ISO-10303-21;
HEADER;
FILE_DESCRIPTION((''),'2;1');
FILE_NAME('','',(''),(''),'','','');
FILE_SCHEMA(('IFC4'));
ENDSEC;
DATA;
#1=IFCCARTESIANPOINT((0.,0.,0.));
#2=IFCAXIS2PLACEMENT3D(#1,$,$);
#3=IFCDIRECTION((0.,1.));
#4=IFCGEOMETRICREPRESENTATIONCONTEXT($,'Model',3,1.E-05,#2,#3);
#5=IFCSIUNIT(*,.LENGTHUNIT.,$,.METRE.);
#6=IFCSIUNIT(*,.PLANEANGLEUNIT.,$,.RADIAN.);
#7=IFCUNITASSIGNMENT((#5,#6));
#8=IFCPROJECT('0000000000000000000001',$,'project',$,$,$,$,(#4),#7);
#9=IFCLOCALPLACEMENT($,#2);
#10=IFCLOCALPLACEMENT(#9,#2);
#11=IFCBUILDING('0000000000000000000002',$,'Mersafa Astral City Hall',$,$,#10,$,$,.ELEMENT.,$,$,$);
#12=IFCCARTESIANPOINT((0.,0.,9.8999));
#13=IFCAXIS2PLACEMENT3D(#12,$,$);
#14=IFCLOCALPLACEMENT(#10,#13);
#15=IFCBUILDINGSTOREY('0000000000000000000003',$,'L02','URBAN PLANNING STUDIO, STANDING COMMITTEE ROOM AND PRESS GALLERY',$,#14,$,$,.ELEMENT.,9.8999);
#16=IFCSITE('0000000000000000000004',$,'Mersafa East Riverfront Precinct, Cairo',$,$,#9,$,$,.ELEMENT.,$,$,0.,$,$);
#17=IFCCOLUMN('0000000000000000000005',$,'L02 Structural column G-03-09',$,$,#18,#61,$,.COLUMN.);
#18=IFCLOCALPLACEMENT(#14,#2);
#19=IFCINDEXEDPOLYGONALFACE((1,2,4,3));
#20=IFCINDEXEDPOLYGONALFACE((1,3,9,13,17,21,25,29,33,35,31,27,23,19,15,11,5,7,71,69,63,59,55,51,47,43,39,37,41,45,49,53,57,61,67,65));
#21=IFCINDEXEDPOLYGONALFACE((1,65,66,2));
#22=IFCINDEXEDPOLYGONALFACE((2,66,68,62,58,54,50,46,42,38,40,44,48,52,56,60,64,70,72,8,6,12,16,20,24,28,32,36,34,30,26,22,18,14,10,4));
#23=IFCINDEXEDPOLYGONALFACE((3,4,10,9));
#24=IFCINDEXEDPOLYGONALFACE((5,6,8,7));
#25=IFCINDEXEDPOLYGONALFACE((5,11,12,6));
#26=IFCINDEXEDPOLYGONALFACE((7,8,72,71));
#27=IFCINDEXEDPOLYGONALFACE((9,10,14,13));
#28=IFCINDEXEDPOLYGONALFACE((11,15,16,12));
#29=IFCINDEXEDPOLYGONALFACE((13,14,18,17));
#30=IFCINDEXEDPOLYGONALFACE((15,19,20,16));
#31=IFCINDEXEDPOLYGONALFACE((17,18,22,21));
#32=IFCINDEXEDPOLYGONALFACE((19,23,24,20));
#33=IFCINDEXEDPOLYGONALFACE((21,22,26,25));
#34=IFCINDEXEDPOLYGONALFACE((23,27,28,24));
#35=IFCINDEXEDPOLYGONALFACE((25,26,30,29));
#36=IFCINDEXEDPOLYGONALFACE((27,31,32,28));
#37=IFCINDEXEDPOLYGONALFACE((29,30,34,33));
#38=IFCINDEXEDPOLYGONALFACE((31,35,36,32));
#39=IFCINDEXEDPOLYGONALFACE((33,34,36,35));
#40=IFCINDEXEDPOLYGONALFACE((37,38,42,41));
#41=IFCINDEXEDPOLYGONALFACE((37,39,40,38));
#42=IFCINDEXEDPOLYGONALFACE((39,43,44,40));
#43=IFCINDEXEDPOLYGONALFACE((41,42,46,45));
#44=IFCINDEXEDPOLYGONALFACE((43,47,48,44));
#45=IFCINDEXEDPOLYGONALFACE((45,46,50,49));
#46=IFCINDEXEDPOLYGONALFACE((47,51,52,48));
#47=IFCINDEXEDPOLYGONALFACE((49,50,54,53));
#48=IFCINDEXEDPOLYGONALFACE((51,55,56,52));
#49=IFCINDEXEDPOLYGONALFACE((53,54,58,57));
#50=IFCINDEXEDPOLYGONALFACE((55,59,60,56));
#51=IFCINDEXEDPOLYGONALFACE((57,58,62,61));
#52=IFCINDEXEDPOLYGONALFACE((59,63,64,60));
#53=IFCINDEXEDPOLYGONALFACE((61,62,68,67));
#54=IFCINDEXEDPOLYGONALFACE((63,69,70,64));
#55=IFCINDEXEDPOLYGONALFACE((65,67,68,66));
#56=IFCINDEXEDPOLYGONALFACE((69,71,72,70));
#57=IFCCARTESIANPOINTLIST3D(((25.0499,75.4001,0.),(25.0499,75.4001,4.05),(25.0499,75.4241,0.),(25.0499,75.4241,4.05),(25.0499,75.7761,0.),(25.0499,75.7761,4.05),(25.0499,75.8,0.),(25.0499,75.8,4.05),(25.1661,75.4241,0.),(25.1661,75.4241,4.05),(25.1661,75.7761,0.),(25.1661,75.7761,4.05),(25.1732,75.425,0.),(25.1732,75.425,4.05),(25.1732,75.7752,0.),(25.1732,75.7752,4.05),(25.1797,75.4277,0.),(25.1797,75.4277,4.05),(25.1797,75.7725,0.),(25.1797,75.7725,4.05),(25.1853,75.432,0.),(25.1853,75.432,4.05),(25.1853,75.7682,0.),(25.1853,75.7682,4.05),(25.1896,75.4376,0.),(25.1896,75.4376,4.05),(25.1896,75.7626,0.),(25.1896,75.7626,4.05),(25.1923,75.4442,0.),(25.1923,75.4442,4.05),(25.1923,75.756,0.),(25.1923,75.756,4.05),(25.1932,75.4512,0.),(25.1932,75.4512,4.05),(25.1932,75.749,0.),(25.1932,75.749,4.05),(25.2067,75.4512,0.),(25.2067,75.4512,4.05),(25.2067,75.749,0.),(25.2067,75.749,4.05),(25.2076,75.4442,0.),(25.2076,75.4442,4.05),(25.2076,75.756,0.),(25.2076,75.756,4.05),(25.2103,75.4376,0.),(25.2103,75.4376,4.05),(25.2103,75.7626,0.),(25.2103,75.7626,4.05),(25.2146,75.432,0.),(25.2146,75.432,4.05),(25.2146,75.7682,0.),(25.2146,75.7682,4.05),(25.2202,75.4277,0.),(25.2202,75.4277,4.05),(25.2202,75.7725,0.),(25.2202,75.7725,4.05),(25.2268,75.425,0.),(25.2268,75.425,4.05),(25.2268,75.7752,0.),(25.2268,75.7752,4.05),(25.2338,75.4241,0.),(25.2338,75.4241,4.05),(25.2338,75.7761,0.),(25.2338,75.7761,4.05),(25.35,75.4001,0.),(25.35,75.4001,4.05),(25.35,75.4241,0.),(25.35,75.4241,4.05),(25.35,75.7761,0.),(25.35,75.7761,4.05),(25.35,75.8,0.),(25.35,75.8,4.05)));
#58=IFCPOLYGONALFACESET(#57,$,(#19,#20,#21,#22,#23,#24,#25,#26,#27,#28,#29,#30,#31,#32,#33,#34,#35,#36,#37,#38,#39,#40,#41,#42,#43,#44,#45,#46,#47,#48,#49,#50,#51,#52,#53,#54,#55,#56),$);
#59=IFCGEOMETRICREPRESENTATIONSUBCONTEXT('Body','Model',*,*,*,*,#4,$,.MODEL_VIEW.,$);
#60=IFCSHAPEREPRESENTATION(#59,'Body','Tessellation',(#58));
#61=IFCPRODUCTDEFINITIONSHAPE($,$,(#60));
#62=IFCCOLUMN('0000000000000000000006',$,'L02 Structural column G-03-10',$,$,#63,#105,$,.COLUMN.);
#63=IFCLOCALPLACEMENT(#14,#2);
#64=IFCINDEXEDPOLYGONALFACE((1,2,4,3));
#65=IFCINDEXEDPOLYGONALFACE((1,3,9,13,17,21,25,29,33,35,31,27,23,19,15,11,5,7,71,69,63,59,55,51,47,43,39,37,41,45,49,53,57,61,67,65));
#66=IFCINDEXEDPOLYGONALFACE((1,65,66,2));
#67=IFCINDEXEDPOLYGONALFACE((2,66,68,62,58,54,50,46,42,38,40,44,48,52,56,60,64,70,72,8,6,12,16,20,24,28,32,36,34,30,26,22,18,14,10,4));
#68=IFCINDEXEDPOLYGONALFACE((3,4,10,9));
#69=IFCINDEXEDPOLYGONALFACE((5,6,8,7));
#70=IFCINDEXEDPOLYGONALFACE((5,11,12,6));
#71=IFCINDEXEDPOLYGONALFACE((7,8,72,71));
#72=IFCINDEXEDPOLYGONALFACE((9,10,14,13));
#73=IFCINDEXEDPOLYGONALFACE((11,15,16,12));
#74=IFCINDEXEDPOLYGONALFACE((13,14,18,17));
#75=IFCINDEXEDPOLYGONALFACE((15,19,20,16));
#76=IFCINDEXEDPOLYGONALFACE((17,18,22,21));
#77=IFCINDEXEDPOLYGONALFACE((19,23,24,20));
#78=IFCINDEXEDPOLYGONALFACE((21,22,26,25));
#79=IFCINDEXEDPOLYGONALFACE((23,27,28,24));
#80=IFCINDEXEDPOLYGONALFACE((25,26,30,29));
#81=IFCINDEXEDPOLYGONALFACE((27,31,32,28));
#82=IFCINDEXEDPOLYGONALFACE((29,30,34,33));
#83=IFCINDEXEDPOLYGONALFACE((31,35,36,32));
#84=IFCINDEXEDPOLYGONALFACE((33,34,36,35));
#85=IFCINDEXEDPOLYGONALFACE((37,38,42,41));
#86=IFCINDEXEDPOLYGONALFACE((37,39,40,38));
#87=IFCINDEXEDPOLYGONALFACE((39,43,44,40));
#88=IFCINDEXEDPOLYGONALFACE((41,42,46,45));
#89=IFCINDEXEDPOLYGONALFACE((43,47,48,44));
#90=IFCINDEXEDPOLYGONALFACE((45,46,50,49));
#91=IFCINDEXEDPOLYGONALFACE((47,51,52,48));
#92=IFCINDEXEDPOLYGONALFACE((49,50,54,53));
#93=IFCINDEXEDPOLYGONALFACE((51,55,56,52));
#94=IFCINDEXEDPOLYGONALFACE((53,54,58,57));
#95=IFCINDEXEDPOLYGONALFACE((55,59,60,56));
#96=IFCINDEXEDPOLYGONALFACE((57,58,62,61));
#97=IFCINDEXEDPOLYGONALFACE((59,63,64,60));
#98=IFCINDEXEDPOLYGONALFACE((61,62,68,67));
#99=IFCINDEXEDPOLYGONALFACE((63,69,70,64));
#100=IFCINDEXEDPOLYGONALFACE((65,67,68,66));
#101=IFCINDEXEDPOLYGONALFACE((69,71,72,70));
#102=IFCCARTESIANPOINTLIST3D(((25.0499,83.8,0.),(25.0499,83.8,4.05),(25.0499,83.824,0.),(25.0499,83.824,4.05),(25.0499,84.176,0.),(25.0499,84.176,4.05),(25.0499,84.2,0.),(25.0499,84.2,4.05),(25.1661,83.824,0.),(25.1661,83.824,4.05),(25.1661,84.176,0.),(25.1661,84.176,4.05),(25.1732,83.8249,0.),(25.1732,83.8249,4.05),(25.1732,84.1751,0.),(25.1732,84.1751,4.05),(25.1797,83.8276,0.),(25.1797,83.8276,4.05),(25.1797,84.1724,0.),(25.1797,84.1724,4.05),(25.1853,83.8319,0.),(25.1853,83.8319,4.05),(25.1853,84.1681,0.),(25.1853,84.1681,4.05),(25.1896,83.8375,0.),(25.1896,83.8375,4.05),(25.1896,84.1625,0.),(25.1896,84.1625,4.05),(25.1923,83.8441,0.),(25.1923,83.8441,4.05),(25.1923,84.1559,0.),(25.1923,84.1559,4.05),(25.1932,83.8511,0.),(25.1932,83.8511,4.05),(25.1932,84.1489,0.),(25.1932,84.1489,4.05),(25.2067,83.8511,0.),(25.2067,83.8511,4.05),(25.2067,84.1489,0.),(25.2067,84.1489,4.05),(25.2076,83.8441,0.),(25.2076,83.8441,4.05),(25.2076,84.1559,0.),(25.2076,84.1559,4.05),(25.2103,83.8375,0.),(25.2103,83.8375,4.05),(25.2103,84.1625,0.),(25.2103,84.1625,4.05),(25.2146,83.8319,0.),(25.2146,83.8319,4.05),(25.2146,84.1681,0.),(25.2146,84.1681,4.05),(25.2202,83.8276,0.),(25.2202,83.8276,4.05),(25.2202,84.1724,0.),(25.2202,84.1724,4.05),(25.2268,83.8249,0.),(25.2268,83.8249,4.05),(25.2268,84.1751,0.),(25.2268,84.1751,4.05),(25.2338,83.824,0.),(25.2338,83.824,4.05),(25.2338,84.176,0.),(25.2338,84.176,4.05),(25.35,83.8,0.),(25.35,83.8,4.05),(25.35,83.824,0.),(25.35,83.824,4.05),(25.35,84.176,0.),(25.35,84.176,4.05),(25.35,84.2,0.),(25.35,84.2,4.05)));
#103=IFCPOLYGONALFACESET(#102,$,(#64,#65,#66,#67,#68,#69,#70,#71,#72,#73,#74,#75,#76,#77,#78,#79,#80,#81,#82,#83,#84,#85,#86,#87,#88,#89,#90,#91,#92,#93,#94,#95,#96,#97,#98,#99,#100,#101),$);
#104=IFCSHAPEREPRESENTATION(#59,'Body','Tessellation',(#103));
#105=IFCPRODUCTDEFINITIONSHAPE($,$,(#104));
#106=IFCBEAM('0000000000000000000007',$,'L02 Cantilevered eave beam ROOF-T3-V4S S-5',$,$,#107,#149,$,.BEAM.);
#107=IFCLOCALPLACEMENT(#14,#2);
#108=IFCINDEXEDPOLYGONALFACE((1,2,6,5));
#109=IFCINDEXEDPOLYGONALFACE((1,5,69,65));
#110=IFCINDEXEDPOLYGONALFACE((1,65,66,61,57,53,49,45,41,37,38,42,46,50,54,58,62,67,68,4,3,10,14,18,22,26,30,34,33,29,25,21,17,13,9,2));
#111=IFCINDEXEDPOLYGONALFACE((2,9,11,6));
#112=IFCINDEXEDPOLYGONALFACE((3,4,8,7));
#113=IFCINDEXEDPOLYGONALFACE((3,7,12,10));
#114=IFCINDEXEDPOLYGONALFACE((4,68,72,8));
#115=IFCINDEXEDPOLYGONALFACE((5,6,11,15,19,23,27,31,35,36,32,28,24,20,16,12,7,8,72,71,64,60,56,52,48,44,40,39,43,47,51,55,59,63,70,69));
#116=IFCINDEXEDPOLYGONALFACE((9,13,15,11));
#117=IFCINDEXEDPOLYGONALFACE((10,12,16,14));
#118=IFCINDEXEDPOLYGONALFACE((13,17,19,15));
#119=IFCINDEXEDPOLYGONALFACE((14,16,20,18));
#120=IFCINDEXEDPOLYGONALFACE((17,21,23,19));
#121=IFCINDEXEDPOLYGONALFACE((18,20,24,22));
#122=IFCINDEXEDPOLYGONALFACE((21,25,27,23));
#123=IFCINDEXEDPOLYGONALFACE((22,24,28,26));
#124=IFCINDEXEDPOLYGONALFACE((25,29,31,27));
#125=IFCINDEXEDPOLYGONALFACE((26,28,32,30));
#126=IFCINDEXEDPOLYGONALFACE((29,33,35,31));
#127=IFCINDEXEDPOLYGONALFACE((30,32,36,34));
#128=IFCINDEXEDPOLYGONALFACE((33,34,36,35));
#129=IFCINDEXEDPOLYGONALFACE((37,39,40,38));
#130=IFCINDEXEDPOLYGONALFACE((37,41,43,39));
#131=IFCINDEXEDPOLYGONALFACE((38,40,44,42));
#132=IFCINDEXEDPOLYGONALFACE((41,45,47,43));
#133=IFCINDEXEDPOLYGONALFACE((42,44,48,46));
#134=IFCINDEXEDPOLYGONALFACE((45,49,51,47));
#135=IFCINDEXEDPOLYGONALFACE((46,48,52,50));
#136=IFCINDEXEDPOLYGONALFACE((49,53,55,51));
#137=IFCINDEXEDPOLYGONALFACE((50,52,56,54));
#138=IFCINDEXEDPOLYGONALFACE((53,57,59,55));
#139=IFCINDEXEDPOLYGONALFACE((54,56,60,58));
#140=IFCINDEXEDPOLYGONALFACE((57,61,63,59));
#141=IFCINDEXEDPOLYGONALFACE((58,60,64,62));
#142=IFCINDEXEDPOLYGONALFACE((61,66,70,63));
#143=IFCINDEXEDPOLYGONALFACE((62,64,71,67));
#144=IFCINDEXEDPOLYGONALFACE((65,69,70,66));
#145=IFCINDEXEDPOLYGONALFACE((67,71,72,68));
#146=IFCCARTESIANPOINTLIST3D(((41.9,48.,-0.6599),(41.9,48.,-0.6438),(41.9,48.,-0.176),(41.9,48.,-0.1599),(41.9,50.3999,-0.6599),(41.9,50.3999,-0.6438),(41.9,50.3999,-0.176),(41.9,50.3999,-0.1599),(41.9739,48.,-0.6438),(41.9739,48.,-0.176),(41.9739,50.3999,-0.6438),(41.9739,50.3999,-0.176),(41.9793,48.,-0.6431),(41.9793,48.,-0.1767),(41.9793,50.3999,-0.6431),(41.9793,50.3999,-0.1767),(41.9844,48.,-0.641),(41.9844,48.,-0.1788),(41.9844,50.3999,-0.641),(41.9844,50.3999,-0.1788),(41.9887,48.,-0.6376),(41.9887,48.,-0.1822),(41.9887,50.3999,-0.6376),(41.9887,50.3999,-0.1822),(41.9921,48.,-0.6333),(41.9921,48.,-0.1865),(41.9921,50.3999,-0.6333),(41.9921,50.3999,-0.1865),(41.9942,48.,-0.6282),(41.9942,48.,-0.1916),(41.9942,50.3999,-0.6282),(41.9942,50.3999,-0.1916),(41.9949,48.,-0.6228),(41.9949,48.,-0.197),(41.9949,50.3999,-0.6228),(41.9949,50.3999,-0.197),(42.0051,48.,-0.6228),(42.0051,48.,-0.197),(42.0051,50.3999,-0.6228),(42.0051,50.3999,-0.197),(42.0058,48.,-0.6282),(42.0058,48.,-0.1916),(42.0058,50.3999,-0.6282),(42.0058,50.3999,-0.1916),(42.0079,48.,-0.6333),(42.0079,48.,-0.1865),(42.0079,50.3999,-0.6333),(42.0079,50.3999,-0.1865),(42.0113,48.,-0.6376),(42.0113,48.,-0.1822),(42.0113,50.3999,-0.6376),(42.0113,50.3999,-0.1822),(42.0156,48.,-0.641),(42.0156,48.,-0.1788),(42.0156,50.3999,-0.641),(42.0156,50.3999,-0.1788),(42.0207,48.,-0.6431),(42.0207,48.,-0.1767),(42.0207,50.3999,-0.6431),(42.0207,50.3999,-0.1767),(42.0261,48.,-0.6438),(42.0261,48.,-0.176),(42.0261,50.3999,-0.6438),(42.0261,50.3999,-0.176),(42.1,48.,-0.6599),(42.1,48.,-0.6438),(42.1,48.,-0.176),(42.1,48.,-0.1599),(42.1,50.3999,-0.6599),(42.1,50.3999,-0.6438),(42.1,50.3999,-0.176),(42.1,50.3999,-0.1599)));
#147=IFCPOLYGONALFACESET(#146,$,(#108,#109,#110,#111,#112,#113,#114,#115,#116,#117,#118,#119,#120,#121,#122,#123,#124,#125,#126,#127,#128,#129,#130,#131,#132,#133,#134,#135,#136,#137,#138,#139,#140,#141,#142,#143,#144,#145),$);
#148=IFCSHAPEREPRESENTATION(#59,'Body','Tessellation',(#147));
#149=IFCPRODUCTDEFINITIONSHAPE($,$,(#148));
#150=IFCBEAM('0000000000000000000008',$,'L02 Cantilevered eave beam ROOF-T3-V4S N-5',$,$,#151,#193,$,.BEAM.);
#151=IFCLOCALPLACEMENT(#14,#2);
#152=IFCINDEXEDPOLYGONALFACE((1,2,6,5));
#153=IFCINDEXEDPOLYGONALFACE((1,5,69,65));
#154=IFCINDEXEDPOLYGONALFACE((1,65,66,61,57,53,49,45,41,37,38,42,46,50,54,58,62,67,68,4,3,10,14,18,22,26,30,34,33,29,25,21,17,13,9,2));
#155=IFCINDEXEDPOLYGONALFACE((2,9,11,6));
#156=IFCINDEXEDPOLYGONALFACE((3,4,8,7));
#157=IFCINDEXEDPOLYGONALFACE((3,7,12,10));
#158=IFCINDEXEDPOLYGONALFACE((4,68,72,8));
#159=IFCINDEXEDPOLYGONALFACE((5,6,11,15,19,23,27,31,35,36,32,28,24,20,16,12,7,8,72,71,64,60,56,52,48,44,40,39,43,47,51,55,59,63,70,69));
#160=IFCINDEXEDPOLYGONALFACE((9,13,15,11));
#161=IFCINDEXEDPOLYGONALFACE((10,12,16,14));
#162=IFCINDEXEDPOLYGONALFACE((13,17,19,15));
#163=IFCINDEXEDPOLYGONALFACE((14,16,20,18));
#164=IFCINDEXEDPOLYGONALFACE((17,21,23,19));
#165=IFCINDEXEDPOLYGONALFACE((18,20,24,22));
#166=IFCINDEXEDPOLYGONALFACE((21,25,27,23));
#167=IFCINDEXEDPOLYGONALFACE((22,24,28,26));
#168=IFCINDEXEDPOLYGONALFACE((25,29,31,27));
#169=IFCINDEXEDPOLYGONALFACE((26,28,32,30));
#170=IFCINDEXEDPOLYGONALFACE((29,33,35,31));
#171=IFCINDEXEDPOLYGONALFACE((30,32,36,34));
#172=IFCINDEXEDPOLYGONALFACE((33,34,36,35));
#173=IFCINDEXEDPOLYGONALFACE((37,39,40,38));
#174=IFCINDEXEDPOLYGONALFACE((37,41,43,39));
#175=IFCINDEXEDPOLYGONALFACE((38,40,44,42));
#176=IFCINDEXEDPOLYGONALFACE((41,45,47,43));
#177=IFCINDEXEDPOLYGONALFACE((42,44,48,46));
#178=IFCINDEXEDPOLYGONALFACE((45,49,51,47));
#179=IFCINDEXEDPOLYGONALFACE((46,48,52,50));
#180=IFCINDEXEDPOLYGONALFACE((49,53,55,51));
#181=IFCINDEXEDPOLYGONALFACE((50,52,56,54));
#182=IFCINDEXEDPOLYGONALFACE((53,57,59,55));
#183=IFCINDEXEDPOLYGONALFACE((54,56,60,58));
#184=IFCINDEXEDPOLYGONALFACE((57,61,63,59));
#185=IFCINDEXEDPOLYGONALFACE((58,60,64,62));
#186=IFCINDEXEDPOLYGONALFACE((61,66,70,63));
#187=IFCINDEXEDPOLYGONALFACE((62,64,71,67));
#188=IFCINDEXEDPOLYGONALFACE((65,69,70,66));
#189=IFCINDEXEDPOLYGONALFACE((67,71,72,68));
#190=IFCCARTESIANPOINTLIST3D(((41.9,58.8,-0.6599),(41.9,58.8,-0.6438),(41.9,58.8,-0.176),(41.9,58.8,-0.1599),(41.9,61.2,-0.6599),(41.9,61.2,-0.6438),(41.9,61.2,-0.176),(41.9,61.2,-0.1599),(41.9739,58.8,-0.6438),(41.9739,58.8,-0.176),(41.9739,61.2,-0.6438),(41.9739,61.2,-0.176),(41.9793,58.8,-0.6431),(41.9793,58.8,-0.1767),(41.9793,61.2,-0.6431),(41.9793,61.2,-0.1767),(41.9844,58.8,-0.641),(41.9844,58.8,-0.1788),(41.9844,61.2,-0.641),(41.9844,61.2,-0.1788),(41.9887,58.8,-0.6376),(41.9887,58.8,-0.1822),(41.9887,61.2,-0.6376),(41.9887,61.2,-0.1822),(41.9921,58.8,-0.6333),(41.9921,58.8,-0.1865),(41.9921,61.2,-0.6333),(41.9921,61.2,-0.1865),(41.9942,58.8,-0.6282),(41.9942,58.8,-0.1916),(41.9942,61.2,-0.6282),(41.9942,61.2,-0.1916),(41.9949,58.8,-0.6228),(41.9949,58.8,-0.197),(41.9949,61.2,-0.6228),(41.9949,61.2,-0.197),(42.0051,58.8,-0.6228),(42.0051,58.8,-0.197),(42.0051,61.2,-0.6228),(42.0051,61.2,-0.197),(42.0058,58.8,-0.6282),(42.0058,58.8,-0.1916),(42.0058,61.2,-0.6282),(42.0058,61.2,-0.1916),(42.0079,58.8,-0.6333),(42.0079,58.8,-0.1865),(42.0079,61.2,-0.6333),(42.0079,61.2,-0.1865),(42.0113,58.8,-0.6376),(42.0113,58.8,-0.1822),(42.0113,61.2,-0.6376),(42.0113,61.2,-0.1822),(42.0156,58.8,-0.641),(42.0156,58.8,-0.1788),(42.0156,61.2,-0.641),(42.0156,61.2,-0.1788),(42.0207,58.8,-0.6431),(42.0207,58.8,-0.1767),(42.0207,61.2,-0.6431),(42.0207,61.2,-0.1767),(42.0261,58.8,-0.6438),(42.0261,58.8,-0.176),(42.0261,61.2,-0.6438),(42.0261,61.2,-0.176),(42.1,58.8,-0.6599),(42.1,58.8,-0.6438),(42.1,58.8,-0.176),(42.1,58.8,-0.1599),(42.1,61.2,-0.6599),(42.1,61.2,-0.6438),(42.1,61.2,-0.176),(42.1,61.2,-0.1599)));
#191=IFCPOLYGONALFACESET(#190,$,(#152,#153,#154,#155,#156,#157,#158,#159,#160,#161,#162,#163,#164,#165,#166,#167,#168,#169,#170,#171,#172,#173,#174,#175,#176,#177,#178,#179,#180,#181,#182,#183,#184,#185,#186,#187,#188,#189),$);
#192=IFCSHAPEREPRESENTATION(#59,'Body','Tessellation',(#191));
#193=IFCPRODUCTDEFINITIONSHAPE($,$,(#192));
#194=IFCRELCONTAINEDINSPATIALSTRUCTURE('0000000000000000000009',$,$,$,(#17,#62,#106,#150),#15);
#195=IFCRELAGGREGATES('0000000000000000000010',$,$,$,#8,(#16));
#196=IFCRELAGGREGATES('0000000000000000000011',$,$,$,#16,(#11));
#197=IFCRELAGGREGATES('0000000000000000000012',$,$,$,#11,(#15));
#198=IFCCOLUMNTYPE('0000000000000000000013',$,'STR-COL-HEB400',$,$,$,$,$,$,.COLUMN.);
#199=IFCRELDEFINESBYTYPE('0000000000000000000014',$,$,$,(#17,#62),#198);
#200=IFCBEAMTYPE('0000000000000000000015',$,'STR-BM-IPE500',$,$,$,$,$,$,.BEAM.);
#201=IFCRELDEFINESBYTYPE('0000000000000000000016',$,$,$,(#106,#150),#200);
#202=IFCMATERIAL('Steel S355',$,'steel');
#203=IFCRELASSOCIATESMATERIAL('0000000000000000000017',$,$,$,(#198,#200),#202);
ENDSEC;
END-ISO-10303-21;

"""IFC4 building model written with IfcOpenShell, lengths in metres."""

from ifc_helpers import new_model, si_unit, direction, frame, origin, origin_2d, place, context, subcontext, project, spatial, i_section, extrude, material, material_profile, profile_set, type_object, element, save


model = new_model("IFC4")

# Units and contexts
model_context = context("Model", 3, precision=1e-05, world=origin(), true_north=direction((0.0, 1.0)))
body_context = subcontext(model_context, "Body", "Model", "MODEL_VIEW")
ifc_project = project(units=[si_unit("LENGTHUNIT", "METRE"), si_unit("PLANEANGLEUNIT", "RADIAN")], contexts=[model_context])

# Site, building, storey
site_placement = place(None, origin())
site = spatial("IfcSite", under=ifc_project, at=site_placement, Name="Mersafa East Riverfront Precinct, Cairo", CompositionType="ELEMENT", RefElevation=0.0)
building_placement = place(site_placement, origin())
building = spatial("IfcBuilding", under=site, at=building_placement, Name="Mersafa Astral City Hall", CompositionType="ELEMENT")
storey_placement = place(building_placement, frame((0.0, 0.0, 9.8999)))
storey = spatial("IfcBuildingStorey", under=building, at=storey_placement, Name="L02", Description="URBAN PLANNING STUDIO, STANDING COMMITTEE ROOM AND PRESS GALLERY", CompositionType="ELEMENT", Elevation=9.8999)

# Columns
ifc_material_1 = material(Name="Steel S355", Category="steel")
ifc_material_profile_1 = material_profile(ifc_material_1, i_section(OverallWidth=0.3, OverallDepth=0.3999, WebThickness=0.0134, FlangeThickness=0.0239, FilletRadius=0.0271, at=origin_2d()), Name="HEB 400")
ifc_profile_set_1 = profile_set([ifc_material_profile_1], Name="Steel S355")
column_type = type_object("IfcColumnType", Name="STR-COL-HEB400", PredefinedType="COLUMN", material=ifc_profile_set_1)
for number, where, z_axis, x_axis, name in (
    (1, (25.2, 75.6001, 0.0), (0.0, 0.0, 1.0), (1.0, 0.0, 0.0), "L02 Structural column G-03-09"),
    (2, (25.2, 84.0, 0.0), (0.0, 0.0, 1.0), (1.0, 0.0, 0.0), "L02 Structural column G-03-10"),
):
    element("IfcColumn", number, at=place(storey_placement, frame(where, z_axis=z_axis, x_axis=x_axis)), inside=storey, type_object=column_type, Name=name, PredefinedType="COLUMN", context=body_context, shape_type="SweptSolid", body=[
        extrude(i_section(OverallWidth=0.3, OverallDepth=0.3999, WebThickness=0.0134, FlangeThickness=0.0239, FilletRadius=0.0271, at=origin_2d()), origin(), (0.0, 0.0, 1.0), 4.05),
    ])

# Beams
ifc_material_profile_2 = material_profile(ifc_material_1, i_section(OverallWidth=0.2, OverallDepth=0.5, WebThickness=0.0103, FlangeThickness=0.0161, FilletRadius=0.021, at=origin_2d()), Name="IPE 500")
ifc_profile_set_2 = profile_set([ifc_material_profile_2], Name="Steel S355")
beam_type_1 = type_object("IfcBeamType", Name="STR-BM-IPE500", PredefinedType="BEAM", material=ifc_profile_set_2)
for number, where, z_axis, x_axis, name in (
    (3, (42.0, 50.3999, -0.4099), (0.0, -1.0, 0.0), (1.0, 0.0, 0.0), "L02 Cantilevered eave beam ROOF-T3-V4S S-5"),
    (4, (42.0, 58.8, -0.4099), (0.0, 1.0, 0.0), (-1.0, 0.0, 0.0), "L02 Cantilevered eave beam ROOF-T3-V4S N-5"),
):
    element("IfcBeam", number, at=place(storey_placement, frame(where, z_axis=z_axis, x_axis=x_axis)), inside=storey, type_object=beam_type_1, Name=name, PredefinedType="BEAM", context=body_context, shape_type="SweptSolid", body=[
        extrude(i_section(OverallWidth=0.2, OverallDepth=0.5, WebThickness=0.0103, FlangeThickness=0.0161, FilletRadius=0.021, at=origin_2d()), origin(), (0.0, 0.0, 1.0), 2.3999),
    ])

save(model, "model.ifc")
